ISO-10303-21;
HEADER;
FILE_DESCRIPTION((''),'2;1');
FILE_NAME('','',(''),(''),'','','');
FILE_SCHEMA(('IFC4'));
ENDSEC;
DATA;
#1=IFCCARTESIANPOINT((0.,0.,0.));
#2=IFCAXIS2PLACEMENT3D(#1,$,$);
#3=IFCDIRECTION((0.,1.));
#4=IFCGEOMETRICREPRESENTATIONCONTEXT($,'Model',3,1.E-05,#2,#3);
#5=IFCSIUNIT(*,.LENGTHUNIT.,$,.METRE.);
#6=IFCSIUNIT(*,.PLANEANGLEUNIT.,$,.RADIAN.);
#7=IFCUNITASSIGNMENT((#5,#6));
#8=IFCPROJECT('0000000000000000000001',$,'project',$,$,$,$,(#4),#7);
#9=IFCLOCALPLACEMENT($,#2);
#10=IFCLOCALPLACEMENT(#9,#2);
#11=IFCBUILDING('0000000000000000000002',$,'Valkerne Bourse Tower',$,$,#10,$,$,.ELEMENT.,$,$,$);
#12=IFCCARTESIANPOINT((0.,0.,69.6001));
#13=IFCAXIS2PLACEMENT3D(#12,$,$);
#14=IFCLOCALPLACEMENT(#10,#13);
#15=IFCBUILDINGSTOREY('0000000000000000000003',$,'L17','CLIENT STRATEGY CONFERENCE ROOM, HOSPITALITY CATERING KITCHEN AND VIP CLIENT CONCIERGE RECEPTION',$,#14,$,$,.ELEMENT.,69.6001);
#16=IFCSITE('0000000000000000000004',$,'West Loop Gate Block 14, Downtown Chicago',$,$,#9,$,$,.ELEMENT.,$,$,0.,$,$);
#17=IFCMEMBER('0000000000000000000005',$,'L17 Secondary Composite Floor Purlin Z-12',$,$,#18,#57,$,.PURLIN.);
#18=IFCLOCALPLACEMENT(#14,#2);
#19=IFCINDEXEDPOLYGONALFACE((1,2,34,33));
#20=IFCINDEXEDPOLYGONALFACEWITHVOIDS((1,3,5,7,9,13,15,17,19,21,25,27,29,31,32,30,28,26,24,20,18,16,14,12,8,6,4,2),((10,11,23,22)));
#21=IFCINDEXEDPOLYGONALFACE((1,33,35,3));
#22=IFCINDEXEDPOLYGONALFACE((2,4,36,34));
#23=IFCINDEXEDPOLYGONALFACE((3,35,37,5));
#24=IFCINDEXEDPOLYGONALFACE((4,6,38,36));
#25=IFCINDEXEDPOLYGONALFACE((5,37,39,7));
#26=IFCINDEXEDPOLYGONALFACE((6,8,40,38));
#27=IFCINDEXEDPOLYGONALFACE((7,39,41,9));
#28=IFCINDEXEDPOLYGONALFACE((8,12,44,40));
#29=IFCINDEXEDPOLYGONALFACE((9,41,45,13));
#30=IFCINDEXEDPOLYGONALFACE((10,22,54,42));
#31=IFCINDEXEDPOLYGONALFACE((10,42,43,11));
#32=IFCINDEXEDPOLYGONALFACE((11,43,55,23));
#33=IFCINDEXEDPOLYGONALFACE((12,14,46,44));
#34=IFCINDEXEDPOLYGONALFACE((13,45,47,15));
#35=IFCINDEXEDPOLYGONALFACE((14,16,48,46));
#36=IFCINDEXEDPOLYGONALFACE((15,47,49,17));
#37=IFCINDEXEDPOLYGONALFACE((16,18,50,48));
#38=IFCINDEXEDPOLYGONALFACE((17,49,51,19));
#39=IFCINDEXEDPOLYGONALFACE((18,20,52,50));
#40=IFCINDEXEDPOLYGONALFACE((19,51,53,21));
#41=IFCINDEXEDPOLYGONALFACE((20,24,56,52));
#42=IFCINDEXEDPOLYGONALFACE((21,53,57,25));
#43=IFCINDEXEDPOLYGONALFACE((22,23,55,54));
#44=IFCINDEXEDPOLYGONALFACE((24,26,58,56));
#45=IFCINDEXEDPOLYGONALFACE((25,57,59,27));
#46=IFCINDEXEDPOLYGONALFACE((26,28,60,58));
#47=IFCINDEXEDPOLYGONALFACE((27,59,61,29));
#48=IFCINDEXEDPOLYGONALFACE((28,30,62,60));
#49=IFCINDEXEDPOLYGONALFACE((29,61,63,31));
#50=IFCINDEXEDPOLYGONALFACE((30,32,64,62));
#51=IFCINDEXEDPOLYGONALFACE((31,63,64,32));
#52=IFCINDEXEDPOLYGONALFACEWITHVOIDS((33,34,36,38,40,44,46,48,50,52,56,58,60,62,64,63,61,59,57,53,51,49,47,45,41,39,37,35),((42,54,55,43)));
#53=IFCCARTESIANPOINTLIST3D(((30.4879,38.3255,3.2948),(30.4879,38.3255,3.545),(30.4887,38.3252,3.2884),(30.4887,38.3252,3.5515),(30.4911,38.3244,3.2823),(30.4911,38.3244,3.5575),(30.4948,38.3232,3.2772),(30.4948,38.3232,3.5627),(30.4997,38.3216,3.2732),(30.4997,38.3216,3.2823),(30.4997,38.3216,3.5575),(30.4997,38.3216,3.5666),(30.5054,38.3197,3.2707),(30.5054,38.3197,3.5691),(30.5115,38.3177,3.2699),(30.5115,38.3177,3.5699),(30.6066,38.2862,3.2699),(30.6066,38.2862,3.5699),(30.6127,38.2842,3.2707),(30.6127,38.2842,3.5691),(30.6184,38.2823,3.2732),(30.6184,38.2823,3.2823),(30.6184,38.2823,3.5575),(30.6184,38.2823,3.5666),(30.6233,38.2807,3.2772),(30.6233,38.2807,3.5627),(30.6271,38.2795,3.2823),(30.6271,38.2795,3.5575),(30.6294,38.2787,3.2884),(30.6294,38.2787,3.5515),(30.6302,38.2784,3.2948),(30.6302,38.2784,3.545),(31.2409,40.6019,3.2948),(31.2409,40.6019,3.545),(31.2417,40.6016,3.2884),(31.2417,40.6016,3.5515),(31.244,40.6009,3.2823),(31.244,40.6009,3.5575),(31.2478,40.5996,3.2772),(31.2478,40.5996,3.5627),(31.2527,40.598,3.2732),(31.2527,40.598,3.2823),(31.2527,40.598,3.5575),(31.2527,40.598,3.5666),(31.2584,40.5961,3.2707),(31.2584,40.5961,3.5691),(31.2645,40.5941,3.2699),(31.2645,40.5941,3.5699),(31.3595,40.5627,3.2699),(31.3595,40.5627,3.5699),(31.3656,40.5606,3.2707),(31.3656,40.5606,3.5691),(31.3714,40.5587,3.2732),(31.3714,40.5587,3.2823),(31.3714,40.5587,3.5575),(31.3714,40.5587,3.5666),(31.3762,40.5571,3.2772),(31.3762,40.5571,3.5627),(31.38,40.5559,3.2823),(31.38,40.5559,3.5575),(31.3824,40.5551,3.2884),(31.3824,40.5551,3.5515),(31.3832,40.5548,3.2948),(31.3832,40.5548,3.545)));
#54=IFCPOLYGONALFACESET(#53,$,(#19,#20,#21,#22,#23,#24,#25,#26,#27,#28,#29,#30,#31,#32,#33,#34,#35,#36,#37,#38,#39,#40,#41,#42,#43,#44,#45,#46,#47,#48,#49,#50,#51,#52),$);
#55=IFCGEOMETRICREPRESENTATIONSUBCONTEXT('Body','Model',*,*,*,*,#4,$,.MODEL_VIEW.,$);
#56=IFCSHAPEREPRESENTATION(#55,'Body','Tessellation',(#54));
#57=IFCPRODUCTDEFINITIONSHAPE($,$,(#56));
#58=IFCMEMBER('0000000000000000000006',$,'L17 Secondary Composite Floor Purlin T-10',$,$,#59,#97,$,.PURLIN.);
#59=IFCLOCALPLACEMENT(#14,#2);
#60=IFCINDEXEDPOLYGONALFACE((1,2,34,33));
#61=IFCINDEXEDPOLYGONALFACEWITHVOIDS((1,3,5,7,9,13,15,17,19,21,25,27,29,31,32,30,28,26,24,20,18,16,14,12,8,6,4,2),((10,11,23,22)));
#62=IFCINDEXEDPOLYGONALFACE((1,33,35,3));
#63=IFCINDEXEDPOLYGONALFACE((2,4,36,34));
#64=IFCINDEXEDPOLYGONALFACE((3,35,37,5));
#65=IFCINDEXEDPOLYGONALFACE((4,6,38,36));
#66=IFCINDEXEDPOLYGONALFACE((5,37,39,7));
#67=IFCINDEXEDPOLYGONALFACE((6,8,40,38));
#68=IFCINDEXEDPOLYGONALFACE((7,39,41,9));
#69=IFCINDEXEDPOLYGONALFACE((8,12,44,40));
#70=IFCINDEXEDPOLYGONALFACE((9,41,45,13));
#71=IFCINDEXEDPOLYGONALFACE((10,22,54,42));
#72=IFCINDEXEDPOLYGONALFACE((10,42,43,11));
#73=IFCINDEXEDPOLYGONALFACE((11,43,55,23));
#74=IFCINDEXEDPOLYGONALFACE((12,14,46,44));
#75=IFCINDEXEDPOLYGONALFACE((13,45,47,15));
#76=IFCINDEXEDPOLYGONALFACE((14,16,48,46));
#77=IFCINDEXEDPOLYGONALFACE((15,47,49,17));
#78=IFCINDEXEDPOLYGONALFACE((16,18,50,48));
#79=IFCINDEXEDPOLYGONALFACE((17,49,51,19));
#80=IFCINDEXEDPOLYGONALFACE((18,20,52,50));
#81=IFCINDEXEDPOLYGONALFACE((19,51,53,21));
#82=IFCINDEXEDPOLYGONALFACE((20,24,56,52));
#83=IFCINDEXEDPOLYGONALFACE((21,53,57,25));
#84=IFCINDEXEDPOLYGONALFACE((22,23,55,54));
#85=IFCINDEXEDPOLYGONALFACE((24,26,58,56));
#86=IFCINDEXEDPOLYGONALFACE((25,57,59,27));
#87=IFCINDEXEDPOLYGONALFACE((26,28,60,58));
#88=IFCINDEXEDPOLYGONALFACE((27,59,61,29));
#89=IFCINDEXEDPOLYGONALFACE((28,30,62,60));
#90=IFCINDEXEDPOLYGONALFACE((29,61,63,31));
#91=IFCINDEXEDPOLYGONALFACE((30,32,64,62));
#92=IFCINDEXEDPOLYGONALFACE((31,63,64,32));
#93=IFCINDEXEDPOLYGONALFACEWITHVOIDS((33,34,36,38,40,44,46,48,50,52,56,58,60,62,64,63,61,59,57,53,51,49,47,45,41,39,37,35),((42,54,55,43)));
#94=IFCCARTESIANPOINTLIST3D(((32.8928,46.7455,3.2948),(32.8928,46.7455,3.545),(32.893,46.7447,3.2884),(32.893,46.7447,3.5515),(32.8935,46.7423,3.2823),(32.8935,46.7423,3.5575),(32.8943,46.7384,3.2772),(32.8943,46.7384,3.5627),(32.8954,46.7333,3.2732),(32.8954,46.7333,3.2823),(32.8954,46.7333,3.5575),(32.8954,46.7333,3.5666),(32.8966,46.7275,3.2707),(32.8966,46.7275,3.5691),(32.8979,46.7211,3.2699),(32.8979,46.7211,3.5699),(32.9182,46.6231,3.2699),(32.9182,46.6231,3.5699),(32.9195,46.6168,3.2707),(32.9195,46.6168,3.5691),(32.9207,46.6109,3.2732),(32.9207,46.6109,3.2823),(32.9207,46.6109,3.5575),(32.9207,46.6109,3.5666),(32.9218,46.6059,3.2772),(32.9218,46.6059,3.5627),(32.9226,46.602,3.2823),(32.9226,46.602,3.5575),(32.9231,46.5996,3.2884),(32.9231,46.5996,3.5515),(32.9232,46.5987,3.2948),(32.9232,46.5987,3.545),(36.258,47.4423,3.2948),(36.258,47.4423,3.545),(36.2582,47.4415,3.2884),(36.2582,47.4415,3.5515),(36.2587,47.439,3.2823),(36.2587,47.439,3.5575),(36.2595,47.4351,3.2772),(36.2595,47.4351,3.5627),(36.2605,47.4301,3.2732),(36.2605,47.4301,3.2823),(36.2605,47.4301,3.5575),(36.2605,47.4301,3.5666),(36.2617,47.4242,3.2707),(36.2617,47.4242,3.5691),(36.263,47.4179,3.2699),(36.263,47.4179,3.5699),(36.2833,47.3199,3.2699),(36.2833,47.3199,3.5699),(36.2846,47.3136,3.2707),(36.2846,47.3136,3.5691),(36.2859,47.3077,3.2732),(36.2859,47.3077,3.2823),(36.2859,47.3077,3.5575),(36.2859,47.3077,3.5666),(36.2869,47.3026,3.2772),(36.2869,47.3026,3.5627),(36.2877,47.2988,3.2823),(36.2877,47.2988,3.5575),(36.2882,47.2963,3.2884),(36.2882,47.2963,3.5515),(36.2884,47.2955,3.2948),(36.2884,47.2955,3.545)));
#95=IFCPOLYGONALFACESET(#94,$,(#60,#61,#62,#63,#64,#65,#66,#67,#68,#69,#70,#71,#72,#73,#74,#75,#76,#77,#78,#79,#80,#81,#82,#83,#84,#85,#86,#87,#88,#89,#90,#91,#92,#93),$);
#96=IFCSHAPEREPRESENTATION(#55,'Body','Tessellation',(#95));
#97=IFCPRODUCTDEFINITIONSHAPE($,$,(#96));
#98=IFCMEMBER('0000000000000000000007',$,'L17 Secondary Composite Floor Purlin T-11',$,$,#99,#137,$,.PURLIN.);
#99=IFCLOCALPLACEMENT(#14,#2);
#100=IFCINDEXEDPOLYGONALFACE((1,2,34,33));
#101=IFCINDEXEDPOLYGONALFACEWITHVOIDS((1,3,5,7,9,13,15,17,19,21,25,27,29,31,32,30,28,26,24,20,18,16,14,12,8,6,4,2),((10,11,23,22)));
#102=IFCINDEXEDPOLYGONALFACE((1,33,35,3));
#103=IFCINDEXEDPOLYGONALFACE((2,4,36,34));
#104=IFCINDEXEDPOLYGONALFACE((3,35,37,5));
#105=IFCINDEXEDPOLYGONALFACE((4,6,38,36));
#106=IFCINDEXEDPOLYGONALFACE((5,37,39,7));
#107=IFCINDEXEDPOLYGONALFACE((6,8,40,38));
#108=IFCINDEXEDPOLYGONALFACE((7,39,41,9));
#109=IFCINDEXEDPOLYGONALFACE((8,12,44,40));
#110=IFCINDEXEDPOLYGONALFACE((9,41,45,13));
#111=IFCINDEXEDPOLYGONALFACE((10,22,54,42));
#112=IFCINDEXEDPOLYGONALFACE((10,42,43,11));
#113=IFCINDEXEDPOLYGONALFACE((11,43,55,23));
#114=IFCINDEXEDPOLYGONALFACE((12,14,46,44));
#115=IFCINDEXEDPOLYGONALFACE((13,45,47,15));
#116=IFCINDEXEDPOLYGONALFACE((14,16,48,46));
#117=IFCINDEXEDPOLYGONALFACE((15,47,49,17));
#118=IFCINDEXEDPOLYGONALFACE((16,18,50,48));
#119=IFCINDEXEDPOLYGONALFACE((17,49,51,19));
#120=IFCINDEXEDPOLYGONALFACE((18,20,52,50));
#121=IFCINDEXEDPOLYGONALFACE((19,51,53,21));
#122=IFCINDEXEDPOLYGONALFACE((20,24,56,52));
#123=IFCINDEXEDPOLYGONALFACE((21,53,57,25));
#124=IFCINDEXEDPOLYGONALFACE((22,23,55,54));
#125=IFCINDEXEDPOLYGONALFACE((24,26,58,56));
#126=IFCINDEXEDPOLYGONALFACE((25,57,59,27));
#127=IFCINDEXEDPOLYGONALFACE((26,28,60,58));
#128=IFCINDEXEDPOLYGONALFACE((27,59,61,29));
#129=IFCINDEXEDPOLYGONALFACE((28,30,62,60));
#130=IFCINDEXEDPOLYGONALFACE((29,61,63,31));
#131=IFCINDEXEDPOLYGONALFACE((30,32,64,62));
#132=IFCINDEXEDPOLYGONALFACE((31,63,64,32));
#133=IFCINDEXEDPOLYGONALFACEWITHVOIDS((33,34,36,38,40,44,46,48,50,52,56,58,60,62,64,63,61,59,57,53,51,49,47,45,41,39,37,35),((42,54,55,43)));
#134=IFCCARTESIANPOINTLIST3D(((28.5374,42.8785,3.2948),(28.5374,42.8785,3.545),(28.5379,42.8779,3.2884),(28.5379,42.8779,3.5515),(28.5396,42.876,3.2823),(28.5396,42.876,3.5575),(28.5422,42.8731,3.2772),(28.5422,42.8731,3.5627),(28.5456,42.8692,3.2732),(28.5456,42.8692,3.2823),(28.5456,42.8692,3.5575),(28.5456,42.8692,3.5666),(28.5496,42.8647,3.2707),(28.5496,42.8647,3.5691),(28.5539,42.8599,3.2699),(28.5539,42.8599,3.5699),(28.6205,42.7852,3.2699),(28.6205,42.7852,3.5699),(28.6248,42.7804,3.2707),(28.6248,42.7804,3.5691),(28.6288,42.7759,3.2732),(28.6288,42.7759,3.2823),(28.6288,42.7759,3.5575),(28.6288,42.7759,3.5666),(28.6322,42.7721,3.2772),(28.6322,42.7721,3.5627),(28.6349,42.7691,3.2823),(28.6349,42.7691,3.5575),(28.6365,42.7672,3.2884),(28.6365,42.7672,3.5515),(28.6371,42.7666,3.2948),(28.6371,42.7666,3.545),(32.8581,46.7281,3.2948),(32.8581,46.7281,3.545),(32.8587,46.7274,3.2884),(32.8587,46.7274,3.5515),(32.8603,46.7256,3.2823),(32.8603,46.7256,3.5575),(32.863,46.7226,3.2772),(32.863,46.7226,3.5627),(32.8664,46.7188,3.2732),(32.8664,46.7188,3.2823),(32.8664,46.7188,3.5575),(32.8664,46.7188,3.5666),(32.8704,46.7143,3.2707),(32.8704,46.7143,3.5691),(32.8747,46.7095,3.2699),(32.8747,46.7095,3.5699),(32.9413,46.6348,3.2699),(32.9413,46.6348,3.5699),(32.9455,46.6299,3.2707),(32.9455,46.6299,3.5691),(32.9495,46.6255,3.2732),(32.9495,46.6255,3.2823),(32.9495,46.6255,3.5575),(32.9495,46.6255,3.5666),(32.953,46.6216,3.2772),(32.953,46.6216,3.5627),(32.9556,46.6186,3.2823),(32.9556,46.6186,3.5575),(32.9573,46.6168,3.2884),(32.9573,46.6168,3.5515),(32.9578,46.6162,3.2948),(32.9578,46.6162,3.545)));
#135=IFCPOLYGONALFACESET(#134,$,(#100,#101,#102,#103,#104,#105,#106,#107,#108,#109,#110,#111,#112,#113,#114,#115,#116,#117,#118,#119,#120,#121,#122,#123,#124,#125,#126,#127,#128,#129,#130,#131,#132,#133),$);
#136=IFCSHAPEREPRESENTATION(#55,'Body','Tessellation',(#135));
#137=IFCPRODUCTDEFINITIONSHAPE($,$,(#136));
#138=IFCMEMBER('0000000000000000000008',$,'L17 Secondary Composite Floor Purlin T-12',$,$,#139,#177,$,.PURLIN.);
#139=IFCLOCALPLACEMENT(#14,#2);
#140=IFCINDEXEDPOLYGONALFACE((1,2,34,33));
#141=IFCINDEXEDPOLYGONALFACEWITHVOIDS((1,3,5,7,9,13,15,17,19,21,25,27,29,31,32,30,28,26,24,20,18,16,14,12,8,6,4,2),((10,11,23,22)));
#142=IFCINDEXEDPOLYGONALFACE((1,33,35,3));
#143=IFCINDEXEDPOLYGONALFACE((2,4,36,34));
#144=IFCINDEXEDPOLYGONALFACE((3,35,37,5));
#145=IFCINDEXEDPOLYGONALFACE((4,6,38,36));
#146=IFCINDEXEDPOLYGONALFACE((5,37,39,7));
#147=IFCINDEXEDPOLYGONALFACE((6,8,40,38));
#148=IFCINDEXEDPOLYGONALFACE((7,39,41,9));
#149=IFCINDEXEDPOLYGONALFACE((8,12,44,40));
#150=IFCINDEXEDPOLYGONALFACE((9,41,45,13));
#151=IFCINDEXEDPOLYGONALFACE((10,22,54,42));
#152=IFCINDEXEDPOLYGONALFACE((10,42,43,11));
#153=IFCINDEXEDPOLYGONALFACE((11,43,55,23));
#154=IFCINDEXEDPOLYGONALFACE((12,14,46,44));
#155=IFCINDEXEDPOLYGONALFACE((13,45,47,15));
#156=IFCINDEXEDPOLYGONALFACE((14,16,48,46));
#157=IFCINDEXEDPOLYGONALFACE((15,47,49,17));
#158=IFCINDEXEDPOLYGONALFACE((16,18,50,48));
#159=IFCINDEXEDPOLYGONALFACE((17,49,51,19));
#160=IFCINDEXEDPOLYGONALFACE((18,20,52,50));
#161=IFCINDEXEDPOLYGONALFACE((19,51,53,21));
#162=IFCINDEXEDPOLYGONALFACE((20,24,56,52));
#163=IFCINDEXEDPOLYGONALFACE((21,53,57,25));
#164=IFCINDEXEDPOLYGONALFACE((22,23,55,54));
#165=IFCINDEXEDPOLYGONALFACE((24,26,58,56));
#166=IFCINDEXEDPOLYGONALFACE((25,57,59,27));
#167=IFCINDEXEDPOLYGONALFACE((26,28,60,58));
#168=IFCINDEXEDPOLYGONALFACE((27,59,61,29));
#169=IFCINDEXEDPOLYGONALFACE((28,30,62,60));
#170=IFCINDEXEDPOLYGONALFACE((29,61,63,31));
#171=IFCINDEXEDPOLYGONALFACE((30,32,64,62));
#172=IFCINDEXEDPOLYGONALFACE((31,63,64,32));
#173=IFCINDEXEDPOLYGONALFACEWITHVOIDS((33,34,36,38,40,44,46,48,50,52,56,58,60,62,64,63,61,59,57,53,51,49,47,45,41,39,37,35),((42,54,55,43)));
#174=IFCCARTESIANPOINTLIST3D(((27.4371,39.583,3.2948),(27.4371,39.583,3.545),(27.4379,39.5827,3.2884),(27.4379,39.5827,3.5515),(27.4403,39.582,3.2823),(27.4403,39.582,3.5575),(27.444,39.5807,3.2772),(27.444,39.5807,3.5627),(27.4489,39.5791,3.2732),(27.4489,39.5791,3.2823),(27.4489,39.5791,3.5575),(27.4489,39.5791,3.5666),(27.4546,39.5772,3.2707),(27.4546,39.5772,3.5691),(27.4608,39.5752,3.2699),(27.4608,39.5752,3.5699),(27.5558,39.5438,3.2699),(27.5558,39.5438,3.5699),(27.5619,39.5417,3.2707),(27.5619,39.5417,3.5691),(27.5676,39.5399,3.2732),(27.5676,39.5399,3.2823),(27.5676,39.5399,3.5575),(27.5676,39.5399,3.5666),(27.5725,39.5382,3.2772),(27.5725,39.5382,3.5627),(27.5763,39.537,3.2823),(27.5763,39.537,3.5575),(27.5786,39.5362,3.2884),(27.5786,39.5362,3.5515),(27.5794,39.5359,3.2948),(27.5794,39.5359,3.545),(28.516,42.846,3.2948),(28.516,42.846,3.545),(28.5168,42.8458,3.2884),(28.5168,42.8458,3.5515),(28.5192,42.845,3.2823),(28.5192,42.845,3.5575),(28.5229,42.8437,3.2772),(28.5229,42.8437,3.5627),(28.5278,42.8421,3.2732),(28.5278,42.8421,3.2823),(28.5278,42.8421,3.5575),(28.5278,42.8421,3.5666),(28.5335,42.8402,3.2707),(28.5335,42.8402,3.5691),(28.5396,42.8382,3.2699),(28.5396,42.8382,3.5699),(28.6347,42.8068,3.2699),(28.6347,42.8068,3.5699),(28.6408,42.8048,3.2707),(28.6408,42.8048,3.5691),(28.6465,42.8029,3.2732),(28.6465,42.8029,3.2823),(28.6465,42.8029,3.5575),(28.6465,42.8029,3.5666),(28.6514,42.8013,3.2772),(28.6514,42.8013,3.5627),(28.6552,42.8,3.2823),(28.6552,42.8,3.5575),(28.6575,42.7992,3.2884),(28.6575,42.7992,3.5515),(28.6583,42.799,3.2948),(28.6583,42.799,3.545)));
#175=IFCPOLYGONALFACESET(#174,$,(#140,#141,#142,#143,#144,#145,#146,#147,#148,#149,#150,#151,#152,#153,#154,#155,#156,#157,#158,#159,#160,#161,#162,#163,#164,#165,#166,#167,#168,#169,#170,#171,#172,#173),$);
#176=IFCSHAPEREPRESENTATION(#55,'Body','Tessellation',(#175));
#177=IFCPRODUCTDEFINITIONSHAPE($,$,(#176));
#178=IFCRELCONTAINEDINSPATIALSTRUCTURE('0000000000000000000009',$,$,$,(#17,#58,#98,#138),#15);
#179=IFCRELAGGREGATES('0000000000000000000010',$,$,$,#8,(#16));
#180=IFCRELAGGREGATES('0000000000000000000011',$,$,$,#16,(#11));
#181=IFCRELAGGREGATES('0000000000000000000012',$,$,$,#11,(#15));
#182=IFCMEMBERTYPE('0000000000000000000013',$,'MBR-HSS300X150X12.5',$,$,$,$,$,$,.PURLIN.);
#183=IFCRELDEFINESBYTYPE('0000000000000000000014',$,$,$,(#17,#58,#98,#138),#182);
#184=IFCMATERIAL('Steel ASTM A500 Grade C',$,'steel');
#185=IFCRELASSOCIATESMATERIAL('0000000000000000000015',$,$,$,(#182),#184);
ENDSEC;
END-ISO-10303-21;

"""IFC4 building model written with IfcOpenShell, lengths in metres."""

from ifc_helpers import new_model, si_unit, direction, frame, origin, origin_2d, place, context, subcontext, project, spatial, hollow_rectangle, extrude, material, material_profile, profile_set, type_object, element, save


model = new_model("IFC4")

# Units and contexts
model_context = context("Model", 3, precision=1e-05, world=origin(), true_north=direction((0.0, 1.0)))
body_context = subcontext(model_context, "Body", "Model", "MODEL_VIEW")
ifc_project = project(units=[si_unit("LENGTHUNIT", "METRE"), si_unit("PLANEANGLEUNIT", "RADIAN")], contexts=[model_context])

# Site, building, storey
site_placement = place(None, origin())
site = spatial("IfcSite", under=ifc_project, at=site_placement, Name="West Loop Gate Block 14, Downtown Chicago", CompositionType="ELEMENT", RefElevation=0.0)
building_placement = place(site_placement, origin())
building = spatial("IfcBuilding", under=site, at=building_placement, Name="Valkerne Bourse Tower", CompositionType="ELEMENT")
storey_placement = place(building_placement, frame((0.0, 0.0, 69.6001)))
storey = spatial("IfcBuildingStorey", under=building, at=storey_placement, Name="L17", Description="CLIENT STRATEGY CONFERENCE ROOM, HOSPITALITY CATERING KITCHEN AND VIP CLIENT CONCIERGE RECEPTION", CompositionType="ELEMENT", Elevation=69.6001)

# Members
ifc_material_1 = material(Name="Steel ASTM A500 Grade C", Category="steel")
ifc_material_profile_1 = material_profile(ifc_material_1, hollow_rectangle(XDim=0.1499, YDim=0.3, WallThickness=0.0125, OuterFilletRadius=0.0249, at=origin_2d()), Name="HSS300X150X12.5")
ifc_profile_set_1 = profile_set([ifc_material_profile_1], Name="Steel ASTM A500 Grade C")
member_type_1 = type_object("IfcMemberType", Name="MBR-HSS300X150X12.5", PredefinedType="PURLIN", material=ifc_profile_set_1)
member_1_placement = place(storey_placement, frame((31.312, 40.5784, 3.4199), z_axis=(-0.314028, -0.949414, 0.0), x_axis=(0.949414, -0.314028, 0.0)))
element("IfcMember", 1, at=member_1_placement, inside=storey, type_object=member_type_1, Name="L17 Secondary Composite Floor Purlin Z-12", PredefinedType="PURLIN", context=body_context, shape_type="SweptSolid", body=[
    extrude(hollow_rectangle(XDim=0.1499, YDim=0.3, WallThickness=0.0125, OuterFilletRadius=0.0249, at=origin_2d()), origin(), (0.0, 0.0, 1.0), 2.3977),
])
member_2_placement = place(storey_placement, frame((36.2732, 47.3689, 3.4199), z_axis=(-0.97923, -0.202751, 0.0), x_axis=(0.202751, -0.97923, 0.0)))
element("IfcMember", 2, at=member_2_placement, inside=storey, type_object=member_type_1, Name="L17 Secondary Composite Floor Purlin T-10", PredefinedType="PURLIN", context=body_context, shape_type="SweptSolid", body=[
    extrude(hollow_rectangle(XDim=0.1499, YDim=0.3, WallThickness=0.0125, OuterFilletRadius=0.0249, at=origin_2d()), origin(), (0.0, 0.0, 1.0), 3.4365),
])
member_3_placement = place(storey_placement, frame((32.908, 46.6721, 3.4199), z_axis=(-0.746645, -0.665222, 0.0), x_axis=(0.665222, -0.746645, 0.0)))
element("IfcMember", 3, at=member_3_placement, inside=storey, type_object=member_type_1, Name="L17 Secondary Composite Floor Purlin T-11", PredefinedType="PURLIN", context=body_context, shape_type="SweptSolid", body=[
    extrude(hollow_rectangle(XDim=0.1499, YDim=0.3, WallThickness=0.0125, OuterFilletRadius=0.0249, at=origin_2d()), origin(), (0.0, 0.0, 1.0), 5.7869),
])
member_4_placement = place(storey_placement, frame((28.5872, 42.8225, 3.4199), z_axis=(-0.313925, -0.949448, 0.0), x_axis=(0.949448, -0.313925, 0.0)))
element("IfcMember", 4, at=member_4_placement, inside=storey, type_object=member_type_1, Name="L17 Secondary Composite Floor Purlin T-12", PredefinedType="PURLIN", context=body_context, shape_type="SweptSolid", body=[
    extrude(hollow_rectangle(XDim=0.1499, YDim=0.3, WallThickness=0.0125, OuterFilletRadius=0.0249, at=origin_2d()), origin(), (0.0, 0.0, 1.0), 3.4368),
])

save(model, "model.ifc")
